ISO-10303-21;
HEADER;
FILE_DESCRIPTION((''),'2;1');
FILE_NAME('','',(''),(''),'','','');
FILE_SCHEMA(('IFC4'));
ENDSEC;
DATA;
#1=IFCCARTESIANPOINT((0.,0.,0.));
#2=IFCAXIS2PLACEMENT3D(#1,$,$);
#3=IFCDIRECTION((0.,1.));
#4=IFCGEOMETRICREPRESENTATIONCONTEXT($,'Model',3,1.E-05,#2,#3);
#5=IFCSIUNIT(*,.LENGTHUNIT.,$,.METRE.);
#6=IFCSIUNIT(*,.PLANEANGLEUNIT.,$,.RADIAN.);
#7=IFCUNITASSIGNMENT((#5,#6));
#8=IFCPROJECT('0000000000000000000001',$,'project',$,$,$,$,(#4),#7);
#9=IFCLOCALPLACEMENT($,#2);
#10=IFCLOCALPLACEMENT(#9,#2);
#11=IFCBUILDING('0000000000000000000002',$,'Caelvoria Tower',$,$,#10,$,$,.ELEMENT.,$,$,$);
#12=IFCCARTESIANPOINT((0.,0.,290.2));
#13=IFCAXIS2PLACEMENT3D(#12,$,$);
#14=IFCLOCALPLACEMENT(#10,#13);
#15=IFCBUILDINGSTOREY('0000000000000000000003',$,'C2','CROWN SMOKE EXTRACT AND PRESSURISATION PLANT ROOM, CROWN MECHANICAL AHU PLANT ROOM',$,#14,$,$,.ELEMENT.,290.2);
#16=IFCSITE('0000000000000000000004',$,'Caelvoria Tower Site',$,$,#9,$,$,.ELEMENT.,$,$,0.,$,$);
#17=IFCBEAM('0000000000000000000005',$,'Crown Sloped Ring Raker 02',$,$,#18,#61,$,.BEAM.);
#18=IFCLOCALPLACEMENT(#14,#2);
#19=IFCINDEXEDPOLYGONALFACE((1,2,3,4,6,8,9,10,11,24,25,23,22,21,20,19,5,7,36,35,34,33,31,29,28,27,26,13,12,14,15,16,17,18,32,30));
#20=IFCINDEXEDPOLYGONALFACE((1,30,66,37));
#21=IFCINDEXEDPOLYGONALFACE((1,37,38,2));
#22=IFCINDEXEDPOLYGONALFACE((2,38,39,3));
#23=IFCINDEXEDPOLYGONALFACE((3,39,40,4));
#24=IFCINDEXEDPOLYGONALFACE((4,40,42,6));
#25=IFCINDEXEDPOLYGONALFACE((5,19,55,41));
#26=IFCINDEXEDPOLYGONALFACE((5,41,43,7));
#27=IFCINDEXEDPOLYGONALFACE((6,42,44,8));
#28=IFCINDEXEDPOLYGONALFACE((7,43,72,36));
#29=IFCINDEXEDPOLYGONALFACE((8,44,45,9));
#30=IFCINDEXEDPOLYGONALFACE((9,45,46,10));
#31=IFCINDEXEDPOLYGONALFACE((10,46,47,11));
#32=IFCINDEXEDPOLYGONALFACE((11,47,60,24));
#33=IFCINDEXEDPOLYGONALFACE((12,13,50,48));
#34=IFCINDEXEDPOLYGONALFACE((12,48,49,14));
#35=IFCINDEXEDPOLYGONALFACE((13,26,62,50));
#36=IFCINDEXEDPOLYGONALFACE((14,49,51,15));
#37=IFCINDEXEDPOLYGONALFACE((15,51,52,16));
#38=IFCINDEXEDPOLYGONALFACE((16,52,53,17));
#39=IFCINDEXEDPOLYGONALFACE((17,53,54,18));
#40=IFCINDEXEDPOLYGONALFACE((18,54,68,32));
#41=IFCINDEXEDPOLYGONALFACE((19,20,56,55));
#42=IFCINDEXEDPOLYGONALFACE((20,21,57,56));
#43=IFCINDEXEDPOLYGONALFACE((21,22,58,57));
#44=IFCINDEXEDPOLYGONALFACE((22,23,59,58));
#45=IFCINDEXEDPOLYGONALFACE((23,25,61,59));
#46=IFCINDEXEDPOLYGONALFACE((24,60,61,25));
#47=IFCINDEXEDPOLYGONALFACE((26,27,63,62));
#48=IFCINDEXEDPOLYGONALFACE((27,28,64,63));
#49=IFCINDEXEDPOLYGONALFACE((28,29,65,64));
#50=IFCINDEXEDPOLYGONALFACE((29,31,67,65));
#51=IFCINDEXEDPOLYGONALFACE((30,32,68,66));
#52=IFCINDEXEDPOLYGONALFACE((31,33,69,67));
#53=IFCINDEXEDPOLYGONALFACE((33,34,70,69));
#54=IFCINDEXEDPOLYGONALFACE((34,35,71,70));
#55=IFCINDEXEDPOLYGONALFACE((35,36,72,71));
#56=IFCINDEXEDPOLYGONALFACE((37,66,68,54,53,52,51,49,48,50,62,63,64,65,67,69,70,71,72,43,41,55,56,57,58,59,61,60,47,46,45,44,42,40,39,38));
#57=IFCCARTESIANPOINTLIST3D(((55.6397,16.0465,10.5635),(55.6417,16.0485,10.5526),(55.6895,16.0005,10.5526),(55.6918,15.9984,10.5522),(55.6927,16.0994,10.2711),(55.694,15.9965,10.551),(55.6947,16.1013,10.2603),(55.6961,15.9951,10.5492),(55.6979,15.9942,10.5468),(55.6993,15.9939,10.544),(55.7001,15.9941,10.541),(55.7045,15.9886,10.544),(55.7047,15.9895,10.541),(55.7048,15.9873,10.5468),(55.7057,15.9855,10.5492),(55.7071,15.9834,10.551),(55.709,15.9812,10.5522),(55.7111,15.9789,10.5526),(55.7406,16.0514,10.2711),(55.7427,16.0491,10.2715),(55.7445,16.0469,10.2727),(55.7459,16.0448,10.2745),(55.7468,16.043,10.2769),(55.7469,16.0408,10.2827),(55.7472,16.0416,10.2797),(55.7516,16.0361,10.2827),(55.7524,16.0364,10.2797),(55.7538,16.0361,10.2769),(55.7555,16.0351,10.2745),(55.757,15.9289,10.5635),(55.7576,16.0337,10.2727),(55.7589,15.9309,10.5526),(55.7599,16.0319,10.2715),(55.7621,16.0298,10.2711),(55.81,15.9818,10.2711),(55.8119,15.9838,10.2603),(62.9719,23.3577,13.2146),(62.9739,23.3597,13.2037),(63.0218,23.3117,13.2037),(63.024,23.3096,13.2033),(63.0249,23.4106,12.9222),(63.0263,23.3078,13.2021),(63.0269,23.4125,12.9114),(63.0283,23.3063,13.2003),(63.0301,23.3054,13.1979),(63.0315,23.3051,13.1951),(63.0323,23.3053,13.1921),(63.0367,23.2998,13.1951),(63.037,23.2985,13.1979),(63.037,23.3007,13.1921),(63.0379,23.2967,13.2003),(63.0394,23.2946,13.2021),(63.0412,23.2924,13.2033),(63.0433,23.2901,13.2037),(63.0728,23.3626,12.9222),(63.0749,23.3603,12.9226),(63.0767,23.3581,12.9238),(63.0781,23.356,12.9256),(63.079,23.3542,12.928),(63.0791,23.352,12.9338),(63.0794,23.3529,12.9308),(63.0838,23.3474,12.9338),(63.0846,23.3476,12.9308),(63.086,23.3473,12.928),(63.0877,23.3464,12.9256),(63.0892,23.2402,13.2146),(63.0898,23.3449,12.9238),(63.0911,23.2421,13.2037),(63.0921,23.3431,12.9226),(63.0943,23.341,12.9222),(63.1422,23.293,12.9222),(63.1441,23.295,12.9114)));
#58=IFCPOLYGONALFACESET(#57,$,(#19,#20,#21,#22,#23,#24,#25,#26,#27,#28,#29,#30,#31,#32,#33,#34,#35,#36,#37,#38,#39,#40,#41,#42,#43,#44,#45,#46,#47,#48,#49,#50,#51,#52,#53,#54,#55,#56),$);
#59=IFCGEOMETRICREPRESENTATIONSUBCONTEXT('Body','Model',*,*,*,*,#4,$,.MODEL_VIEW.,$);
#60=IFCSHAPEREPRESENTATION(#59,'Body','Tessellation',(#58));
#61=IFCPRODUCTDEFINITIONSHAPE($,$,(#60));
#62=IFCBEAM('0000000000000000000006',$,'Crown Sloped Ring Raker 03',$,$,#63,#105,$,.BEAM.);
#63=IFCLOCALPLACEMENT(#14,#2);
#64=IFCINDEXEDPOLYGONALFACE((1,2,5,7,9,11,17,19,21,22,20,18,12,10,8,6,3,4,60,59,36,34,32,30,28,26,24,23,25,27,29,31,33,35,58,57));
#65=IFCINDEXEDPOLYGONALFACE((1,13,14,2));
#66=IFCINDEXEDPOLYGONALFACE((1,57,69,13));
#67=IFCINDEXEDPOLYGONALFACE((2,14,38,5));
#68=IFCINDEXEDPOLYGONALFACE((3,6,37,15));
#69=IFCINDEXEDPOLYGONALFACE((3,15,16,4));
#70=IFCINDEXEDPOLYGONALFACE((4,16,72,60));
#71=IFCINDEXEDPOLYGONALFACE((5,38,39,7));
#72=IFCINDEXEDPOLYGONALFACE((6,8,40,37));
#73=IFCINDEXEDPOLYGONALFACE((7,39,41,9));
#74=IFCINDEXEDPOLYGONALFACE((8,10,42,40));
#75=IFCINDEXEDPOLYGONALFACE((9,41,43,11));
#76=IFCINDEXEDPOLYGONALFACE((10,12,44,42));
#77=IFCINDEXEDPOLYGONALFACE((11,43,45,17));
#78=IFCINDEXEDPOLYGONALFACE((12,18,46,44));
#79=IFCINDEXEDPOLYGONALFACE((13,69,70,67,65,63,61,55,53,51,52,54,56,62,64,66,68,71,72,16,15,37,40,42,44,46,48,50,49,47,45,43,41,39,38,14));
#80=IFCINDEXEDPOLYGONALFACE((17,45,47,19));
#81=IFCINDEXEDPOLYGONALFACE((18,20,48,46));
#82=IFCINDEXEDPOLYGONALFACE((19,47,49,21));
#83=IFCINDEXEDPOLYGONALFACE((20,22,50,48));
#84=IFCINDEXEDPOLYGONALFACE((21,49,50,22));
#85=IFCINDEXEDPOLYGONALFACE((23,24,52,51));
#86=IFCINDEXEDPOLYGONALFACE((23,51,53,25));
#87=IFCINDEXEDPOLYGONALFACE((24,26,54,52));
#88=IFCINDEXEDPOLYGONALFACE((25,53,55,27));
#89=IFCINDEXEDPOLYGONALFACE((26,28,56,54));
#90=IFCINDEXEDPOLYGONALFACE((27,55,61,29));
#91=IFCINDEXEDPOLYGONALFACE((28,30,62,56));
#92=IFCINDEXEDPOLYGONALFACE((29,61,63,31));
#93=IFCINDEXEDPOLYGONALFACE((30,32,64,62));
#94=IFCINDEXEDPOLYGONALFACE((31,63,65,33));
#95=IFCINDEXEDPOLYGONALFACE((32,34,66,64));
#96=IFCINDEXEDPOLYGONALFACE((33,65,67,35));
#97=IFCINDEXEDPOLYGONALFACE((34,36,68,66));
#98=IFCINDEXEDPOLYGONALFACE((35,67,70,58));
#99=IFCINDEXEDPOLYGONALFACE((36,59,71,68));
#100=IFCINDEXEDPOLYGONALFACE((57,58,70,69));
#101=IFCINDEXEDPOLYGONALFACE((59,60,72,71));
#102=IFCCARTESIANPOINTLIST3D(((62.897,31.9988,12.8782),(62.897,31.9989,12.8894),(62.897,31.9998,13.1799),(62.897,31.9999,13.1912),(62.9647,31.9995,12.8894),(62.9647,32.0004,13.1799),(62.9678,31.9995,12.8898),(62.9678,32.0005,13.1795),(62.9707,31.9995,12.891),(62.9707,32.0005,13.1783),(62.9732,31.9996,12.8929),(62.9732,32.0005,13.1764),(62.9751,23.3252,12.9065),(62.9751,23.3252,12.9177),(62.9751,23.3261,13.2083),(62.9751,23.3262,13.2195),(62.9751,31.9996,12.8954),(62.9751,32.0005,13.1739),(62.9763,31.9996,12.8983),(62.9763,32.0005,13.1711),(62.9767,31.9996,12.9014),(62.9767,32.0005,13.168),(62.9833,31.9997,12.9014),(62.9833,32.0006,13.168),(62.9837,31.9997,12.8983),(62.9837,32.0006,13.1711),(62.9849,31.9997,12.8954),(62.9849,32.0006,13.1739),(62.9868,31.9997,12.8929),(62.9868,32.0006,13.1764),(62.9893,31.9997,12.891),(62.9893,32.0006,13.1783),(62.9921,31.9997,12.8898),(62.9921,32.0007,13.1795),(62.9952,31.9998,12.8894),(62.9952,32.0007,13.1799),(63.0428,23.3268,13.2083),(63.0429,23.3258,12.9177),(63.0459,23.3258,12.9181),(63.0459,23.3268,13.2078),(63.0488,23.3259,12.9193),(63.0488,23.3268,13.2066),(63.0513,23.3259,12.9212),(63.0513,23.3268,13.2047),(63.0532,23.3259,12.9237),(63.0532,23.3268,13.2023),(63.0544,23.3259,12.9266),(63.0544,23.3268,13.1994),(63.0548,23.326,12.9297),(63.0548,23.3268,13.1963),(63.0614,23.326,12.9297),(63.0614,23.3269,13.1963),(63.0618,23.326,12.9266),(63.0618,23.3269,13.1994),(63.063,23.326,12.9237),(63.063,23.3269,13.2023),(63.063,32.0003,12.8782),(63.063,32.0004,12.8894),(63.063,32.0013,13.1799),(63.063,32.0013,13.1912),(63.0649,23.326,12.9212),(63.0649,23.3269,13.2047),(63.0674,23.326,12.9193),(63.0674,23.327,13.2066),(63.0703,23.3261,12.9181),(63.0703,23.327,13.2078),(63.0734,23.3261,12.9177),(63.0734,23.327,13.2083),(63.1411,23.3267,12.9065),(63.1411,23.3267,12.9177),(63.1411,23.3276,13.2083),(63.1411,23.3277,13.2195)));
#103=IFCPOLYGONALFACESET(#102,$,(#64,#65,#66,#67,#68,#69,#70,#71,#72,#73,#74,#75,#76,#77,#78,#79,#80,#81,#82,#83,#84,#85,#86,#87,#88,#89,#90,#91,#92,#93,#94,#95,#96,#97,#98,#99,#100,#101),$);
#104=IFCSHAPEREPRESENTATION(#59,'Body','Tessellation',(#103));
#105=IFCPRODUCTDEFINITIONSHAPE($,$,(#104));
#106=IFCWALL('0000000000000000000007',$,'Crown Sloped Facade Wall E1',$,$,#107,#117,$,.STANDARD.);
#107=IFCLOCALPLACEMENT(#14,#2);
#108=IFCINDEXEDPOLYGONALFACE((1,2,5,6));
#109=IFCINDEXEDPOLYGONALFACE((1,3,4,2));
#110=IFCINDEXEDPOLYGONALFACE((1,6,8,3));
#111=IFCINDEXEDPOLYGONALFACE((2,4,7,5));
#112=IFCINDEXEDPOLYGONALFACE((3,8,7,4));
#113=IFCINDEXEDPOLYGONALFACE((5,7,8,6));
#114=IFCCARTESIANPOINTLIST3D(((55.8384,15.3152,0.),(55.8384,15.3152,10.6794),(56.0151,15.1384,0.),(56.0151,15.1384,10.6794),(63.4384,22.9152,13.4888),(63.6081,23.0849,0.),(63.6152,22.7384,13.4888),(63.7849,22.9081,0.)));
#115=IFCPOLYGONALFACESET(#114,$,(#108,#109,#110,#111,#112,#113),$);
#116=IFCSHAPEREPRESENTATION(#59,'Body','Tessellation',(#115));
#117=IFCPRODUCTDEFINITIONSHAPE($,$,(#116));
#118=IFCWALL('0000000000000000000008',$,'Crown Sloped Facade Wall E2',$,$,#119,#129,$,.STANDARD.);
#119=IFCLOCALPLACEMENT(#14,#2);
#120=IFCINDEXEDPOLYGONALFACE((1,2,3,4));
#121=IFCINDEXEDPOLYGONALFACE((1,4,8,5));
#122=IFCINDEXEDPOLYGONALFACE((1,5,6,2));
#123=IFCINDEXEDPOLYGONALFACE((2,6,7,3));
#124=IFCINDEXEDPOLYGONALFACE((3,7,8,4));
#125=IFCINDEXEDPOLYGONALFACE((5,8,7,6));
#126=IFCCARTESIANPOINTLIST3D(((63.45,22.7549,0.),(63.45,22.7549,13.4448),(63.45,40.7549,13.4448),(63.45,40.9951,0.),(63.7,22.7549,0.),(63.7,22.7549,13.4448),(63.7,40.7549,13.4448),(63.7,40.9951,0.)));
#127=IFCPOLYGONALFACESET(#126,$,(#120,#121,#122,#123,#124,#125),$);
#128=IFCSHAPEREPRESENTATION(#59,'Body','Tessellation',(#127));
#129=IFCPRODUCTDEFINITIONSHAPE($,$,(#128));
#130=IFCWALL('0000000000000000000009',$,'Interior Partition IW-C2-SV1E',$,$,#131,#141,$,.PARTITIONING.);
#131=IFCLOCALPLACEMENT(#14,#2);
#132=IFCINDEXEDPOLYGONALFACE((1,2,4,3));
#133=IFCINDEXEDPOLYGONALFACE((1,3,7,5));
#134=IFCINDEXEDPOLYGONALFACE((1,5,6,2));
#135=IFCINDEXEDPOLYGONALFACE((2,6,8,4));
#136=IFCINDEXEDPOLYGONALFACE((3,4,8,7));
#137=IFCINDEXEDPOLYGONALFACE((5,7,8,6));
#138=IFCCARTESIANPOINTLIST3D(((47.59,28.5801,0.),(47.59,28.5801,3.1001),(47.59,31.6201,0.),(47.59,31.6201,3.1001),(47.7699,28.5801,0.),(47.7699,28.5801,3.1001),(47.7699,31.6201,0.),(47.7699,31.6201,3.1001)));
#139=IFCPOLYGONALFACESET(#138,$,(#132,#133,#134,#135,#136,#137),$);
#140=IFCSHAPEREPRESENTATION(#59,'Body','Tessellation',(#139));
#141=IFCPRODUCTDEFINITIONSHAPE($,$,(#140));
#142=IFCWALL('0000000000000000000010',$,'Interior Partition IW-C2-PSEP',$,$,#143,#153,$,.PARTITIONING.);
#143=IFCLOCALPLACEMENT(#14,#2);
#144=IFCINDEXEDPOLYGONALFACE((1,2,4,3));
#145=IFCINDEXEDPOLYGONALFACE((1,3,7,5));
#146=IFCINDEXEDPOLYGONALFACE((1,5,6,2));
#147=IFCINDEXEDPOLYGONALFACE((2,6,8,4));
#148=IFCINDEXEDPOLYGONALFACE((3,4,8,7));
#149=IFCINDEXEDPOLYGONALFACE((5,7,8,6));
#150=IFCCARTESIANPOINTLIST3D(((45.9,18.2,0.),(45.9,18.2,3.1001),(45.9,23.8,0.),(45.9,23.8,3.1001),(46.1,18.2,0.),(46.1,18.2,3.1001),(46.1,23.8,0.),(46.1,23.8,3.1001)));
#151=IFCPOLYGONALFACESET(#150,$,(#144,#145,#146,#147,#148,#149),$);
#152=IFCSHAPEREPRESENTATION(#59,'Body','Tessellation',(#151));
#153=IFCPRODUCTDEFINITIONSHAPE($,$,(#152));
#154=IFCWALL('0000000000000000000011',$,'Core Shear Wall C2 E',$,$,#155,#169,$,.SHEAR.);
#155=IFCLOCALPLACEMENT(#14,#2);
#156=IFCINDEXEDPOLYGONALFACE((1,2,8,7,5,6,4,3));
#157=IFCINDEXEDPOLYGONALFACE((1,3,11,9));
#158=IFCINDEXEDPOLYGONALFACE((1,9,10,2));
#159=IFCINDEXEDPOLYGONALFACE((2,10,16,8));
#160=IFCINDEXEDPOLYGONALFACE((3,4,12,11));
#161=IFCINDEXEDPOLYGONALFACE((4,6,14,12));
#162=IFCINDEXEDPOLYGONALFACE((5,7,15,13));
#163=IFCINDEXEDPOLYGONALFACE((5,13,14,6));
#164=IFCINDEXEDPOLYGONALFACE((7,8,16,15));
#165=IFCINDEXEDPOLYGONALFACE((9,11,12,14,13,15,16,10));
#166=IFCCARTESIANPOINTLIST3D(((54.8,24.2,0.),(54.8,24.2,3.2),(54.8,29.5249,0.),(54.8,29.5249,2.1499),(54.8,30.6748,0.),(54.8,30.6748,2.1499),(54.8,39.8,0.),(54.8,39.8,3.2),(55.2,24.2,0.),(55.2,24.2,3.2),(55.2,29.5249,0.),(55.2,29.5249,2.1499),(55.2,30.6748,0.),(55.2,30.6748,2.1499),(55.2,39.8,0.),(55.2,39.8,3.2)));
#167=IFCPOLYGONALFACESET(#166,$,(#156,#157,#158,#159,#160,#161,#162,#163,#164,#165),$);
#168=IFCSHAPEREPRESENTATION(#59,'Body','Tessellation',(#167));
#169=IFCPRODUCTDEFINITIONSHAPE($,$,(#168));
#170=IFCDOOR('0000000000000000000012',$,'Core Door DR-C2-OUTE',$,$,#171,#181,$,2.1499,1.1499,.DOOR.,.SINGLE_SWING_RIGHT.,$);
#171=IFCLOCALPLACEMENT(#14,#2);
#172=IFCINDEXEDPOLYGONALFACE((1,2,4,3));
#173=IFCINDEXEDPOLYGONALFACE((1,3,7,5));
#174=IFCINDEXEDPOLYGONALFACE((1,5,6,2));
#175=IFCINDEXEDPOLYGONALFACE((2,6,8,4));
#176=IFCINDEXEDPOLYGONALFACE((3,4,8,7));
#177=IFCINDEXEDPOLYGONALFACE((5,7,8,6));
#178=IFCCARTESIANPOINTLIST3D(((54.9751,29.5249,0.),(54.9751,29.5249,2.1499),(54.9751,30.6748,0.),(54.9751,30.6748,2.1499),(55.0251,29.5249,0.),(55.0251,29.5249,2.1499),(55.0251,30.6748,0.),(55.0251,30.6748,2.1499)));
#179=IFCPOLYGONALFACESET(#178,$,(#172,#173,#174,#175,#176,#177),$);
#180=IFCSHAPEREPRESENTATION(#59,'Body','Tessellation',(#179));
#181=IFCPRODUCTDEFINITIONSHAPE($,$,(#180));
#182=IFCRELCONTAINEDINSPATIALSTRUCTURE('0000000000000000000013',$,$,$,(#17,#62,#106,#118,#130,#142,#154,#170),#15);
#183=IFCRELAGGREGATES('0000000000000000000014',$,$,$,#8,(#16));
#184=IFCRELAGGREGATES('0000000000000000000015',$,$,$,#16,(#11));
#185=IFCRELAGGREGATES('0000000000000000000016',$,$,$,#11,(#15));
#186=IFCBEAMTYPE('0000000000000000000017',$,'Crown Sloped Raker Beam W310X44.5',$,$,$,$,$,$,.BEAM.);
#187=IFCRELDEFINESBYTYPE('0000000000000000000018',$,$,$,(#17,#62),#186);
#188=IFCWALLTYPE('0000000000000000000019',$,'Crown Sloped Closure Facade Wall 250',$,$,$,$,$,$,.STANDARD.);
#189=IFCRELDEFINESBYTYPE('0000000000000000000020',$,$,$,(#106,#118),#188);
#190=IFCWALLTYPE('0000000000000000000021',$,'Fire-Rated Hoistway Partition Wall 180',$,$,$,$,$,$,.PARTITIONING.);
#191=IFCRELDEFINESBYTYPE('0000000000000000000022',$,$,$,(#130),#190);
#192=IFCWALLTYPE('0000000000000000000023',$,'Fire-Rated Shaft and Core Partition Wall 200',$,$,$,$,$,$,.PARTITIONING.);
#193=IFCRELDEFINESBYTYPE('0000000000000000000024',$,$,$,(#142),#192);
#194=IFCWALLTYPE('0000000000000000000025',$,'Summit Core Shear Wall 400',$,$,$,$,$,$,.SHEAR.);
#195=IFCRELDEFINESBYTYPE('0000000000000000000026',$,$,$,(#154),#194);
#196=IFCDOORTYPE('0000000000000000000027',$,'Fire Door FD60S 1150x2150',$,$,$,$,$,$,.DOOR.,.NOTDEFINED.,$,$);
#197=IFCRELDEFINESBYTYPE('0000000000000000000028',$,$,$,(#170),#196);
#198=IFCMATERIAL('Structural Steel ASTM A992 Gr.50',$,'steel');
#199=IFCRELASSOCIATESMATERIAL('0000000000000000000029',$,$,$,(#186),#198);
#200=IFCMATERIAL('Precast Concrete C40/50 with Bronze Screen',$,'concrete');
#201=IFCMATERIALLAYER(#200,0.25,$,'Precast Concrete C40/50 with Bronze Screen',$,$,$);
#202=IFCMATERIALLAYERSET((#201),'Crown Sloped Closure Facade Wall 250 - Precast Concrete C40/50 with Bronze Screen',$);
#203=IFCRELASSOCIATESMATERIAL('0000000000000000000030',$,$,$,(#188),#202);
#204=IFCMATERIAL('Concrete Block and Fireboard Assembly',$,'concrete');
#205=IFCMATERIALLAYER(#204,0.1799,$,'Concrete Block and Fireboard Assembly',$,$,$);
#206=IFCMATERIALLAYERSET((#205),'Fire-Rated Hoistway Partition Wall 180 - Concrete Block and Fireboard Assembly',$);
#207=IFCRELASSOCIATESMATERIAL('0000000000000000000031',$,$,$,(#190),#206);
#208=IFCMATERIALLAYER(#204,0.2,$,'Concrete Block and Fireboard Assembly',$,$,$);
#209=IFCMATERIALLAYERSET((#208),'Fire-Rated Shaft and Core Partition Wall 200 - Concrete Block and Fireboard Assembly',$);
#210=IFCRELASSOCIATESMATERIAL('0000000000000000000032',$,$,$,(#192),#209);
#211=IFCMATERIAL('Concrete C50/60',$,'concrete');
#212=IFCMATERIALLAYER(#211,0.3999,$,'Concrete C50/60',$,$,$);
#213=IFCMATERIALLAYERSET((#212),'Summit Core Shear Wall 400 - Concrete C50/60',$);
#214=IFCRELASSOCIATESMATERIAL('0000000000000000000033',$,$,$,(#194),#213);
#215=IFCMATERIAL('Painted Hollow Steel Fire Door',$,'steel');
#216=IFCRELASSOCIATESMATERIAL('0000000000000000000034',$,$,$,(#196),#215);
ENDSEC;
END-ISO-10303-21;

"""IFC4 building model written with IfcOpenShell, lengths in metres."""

from ifc_helpers import new_model, si_unit, direction, frame, frame_2d, origin, origin_2d, place, context, subcontext, project, spatial, polyline, rectangle, i_section, outline, extrude, material, layer, layer_set, material_profile, profile_set, type_object, element, fill, save


model = new_model("IFC4")

# Units and contexts
model_context = context("Model", 3, precision=1e-05, world=origin(), true_north=direction((0.0, 1.0)))
body_context = subcontext(model_context, "Body", "Model", "MODEL_VIEW")
ifc_project = project(units=[si_unit("LENGTHUNIT", "METRE"), si_unit("PLANEANGLEUNIT", "RADIAN")], contexts=[model_context])

# Site, building, storey
site_placement = place(None, origin())
site = spatial("IfcSite", under=ifc_project, at=site_placement, Name="Caelvoria Tower Site", CompositionType="ELEMENT", RefElevation=0.0)
building_placement = place(site_placement, origin())
building = spatial("IfcBuilding", under=site, at=building_placement, Name="Caelvoria Tower", CompositionType="ELEMENT")
storey_placement = place(building_placement, frame((0.0, 0.0, 290.2)))
storey = spatial("IfcBuildingStorey", under=building, at=storey_placement, Name="C2", Description="CROWN SMOKE EXTRACT AND PRESSURISATION PLANT ROOM, CROWN MECHANICAL AHU PLANT ROOM", CompositionType="ELEMENT", Elevation=290.2)

# Shared definitions
ifc_material_1 = material(Name="Structural Steel ASTM A992 Gr.50", Category="steel")

# Beams
ifc_material_profile_1 = material_profile(ifc_material_1, i_section(OverallWidth=0.166, OverallDepth=0.313, WebThickness=0.0066, FlangeThickness=0.0112, FilletRadius=0.012, at=origin_2d()), Name="Structural Steel ASTM A992 Gr.50")
ifc_profile_set_1 = profile_set([ifc_material_profile_1], Name="W310X44.5 - Structural Steel ASTM A992 Gr.50")
beam_type = type_object("IfcBeamType", Name="Crown Sloped Raker Beam W310X44.5", PredefinedType="BEAM", material=ifc_profile_set_1)
beam_1_placement = place(storey_placement, frame((55.7258, 16.0151, 10.4119), z_axis=(0.685992, 0.684028, 0.248033), x_axis=(-0.706092, 0.70812, 0.0)))
element("IfcBeam", 1, at=beam_1_placement, inside=storey, type_object=beam_type, Name="Crown Sloped Ring Raker 02", PredefinedType="BEAM", context=body_context, shape_type="SweptSolid", body=[
    extrude(i_section(OverallWidth=0.166, OverallDepth=0.313, WebThickness=0.0066, FlangeThickness=0.0112, FilletRadius=0.012, at=origin_2d()), origin(), (0.0, 0.0, 1.0), 10.6885),
])
beam_2_placement = place(storey_placement, frame((63.0581, 23.3264, 13.063), z_axis=(-0.009007, 0.999954, -0.003265), x_axis=(-0.999959, -0.009007, 0.0)))
element("IfcBeam", 2, at=beam_2_placement, inside=storey, type_object=beam_type, Name="Crown Sloped Ring Raker 03", PredefinedType="BEAM", context=body_context, shape_type="SweptSolid", body=[
    extrude(i_section(OverallWidth=0.166, OverallDepth=0.313, WebThickness=0.0066, FlangeThickness=0.0112, FilletRadius=0.012, at=origin_2d()), origin(), (0.0, 0.0, 1.0), 8.6741),
])

# Walls
ifc_material_2 = material(Name="Precast Concrete C40/50 with Bronze Screen", Category="concrete")
ifc_layer_1 = layer(ifc_material_2, 0.25, Name="Precast Concrete C40/50 with Bronze Screen")
ifc_layer_set_1 = layer_set([ifc_layer_1], Name="Crown Sloped Closure Facade Wall 250 - Precast Concrete C40/50 with Bronze Screen")
wall_type_1 = type_object("IfcWallType", Name="Crown Sloped Closure Facade Wall 250", PredefinedType="STANDARD", material=ifc_layer_set_1)
wall_1_placement = place(storey_placement, frame((55.9268, 15.2268, 0.0), z_axis=(0.0, 0.0, 1.0), x_axis=(0.707107, 0.707107, 0.0)))
element("IfcWall", 3, at=wall_1_placement, inside=storey, type_object=wall_type_1, Name="Crown Sloped Facade Wall E1", PredefinedType="STANDARD", context=body_context, shape_type="SweptSolid", body=[
    extrude(outline(polyline([(0.0, 0.0), (10.988, 0.0), (10.748, 13.4888), (0.0, 10.6794), (0.0, 0.0)])), frame((0.0, 0.125, 0.0), z_axis=(0.0, -1.0, 0.0), x_axis=(1.0, 0.0, 0.0)), (0.0, 0.0, 1.0), 0.25),
])
wall_2_placement = place(storey_placement, frame((63.575, 22.7549, 0.0), z_axis=(0.0, 0.0, 1.0), x_axis=(0.0, 1.0, 0.0)))
element("IfcWall", 4, at=wall_2_placement, inside=storey, type_object=wall_type_1, Name="Crown Sloped Facade Wall E2", PredefinedType="STANDARD", context=body_context, shape_type="SweptSolid", body=[
    extrude(outline(polyline([(0.0, 0.0), (18.2402, 0.0), (18.0, 13.4448), (0.0, 13.4448), (0.0, 0.0)])), frame((0.0, 0.125, 0.0), z_axis=(0.0, -1.0, 0.0), x_axis=(1.0, 0.0, 0.0)), (0.0, 0.0, 1.0), 0.25),
])
ifc_material_3 = material(Name="Concrete Block and Fireboard Assembly", Category="concrete")
ifc_layer_2 = layer(ifc_material_3, 0.1799, Name="Concrete Block and Fireboard Assembly")
ifc_layer_set_2 = layer_set([ifc_layer_2], Name="Fire-Rated Hoistway Partition Wall 180 - Concrete Block and Fireboard Assembly")
wall_type_2 = type_object("IfcWallType", Name="Fire-Rated Hoistway Partition Wall 180", PredefinedType="PARTITIONING", material=ifc_layer_set_2)
wall_3_placement = place(storey_placement, frame((47.6799, 28.5801, 0.0), z_axis=(0.0, 0.0, 1.0), x_axis=(0.0, 1.0, 0.0)))
element("IfcWall", 5, at=wall_3_placement, inside=storey, type_object=wall_type_2, Name="Interior Partition IW-C2-SV1E", PredefinedType="PARTITIONING", context=body_context, shape_type="SweptSolid", body=[
    extrude(rectangle(XDim=3.04, YDim=0.1799, at=frame_2d((1.52, 0.0))), origin(), (0.0, 0.0, 1.0), 3.1001),
])

# Shared definitions
ifc_layer_3 = layer(ifc_material_3, 0.2, Name="Concrete Block and Fireboard Assembly")
ifc_layer_set_3 = layer_set([ifc_layer_3], Name="Fire-Rated Shaft and Core Partition Wall 200 - Concrete Block and Fireboard Assembly")
wall_type_3 = type_object("IfcWallType", Name="Fire-Rated Shaft and Core Partition Wall 200", PredefinedType="PARTITIONING", material=ifc_layer_set_3)

# Wall
wall_4_placement = place(storey_placement, frame((46.0, 18.2, 0.0), z_axis=(0.0, 0.0, 1.0), x_axis=(0.0, 1.0, 0.0)))
element("IfcWall", 6, at=wall_4_placement, inside=storey, type_object=wall_type_3, Name="Interior Partition IW-C2-PSEP", PredefinedType="PARTITIONING", context=body_context, shape_type="SweptSolid", body=[
    extrude(rectangle(XDim=5.6001, YDim=0.2, at=frame_2d((2.8, 0.0))), origin(), (0.0, 0.0, 1.0), 3.1001),
])

# Wall, opening, door
ifc_material_4 = material(Name="Concrete C50/60", Category="concrete")
ifc_layer_4 = layer(ifc_material_4, 0.3999, Name="Concrete C50/60")
ifc_layer_set_4 = layer_set([ifc_layer_4], Name="Summit Core Shear Wall 400 - Concrete C50/60")
wall_type_4 = type_object("IfcWallType", Name="Summit Core Shear Wall 400", PredefinedType="SHEAR", material=ifc_layer_set_4)
wall_5_placement = place(storey_placement, frame((55.0, 24.2, 0.0), z_axis=(0.0, 0.0, 1.0), x_axis=(0.0, 1.0, 0.0)))
wall_5 = element("IfcWall", 7, at=wall_5_placement, inside=storey, type_object=wall_type_4, Name="Core Shear Wall C2 E", PredefinedType="SHEAR", context=body_context, shape_type="SweptSolid", body=[
    extrude(rectangle(XDim=15.6001, YDim=0.3999, at=frame_2d((7.8, 0.0))), origin(), (0.0, 0.0, 1.0), 3.2),
])
opening_1_placement = place(wall_5_placement, frame((5.325, 0.0, 0.0)))
opening_1 = element("IfcOpeningElement", 8, at=opening_1_placement, cuts=wall_5, PredefinedType="OPENING", context=body_context, shape_type="SweptSolid", body=[
    extrude(rectangle(XDim=1.1499, YDim=2.1499, at=frame_2d((0.575, 1.075))), frame((0.0, 0.21, 0.0), z_axis=(0.0, -1.0, 0.0), x_axis=(1.0, 0.0, 0.0)), (0.0, 0.0, 1.0), 0.4199),
])
ifc_material_5 = material(Name="Painted Hollow Steel Fire Door", Category="steel")
door_type_1 = type_object("IfcDoorType", Name="Fire Door FD60S 1150x2150", OperationType="NOTDEFINED", PredefinedType="DOOR", material=ifc_material_5)
door_1_placement = place(opening_1_placement, origin())
door_1 = element("IfcDoor", 9, at=door_1_placement, inside=storey, type_object=door_type_1, Name="Core Door DR-C2-OUTE", OperationType="SINGLE_SWING_RIGHT", OverallHeight=2.1499, OverallWidth=1.1499, PredefinedType="DOOR", context=body_context, shape_type="SweptSolid", body=[
    extrude(rectangle(XDim=1.1499, YDim=2.1499, at=frame_2d((0.575, 1.075))), frame((0.0, 0.0249, 0.0), z_axis=(0.0, -1.0, 0.0), x_axis=(1.0, 0.0, 0.0)), (0.0, 0.0, 1.0), 0.05),
])
fill(opening_1, door_1)

save(model, "model.ifc")
